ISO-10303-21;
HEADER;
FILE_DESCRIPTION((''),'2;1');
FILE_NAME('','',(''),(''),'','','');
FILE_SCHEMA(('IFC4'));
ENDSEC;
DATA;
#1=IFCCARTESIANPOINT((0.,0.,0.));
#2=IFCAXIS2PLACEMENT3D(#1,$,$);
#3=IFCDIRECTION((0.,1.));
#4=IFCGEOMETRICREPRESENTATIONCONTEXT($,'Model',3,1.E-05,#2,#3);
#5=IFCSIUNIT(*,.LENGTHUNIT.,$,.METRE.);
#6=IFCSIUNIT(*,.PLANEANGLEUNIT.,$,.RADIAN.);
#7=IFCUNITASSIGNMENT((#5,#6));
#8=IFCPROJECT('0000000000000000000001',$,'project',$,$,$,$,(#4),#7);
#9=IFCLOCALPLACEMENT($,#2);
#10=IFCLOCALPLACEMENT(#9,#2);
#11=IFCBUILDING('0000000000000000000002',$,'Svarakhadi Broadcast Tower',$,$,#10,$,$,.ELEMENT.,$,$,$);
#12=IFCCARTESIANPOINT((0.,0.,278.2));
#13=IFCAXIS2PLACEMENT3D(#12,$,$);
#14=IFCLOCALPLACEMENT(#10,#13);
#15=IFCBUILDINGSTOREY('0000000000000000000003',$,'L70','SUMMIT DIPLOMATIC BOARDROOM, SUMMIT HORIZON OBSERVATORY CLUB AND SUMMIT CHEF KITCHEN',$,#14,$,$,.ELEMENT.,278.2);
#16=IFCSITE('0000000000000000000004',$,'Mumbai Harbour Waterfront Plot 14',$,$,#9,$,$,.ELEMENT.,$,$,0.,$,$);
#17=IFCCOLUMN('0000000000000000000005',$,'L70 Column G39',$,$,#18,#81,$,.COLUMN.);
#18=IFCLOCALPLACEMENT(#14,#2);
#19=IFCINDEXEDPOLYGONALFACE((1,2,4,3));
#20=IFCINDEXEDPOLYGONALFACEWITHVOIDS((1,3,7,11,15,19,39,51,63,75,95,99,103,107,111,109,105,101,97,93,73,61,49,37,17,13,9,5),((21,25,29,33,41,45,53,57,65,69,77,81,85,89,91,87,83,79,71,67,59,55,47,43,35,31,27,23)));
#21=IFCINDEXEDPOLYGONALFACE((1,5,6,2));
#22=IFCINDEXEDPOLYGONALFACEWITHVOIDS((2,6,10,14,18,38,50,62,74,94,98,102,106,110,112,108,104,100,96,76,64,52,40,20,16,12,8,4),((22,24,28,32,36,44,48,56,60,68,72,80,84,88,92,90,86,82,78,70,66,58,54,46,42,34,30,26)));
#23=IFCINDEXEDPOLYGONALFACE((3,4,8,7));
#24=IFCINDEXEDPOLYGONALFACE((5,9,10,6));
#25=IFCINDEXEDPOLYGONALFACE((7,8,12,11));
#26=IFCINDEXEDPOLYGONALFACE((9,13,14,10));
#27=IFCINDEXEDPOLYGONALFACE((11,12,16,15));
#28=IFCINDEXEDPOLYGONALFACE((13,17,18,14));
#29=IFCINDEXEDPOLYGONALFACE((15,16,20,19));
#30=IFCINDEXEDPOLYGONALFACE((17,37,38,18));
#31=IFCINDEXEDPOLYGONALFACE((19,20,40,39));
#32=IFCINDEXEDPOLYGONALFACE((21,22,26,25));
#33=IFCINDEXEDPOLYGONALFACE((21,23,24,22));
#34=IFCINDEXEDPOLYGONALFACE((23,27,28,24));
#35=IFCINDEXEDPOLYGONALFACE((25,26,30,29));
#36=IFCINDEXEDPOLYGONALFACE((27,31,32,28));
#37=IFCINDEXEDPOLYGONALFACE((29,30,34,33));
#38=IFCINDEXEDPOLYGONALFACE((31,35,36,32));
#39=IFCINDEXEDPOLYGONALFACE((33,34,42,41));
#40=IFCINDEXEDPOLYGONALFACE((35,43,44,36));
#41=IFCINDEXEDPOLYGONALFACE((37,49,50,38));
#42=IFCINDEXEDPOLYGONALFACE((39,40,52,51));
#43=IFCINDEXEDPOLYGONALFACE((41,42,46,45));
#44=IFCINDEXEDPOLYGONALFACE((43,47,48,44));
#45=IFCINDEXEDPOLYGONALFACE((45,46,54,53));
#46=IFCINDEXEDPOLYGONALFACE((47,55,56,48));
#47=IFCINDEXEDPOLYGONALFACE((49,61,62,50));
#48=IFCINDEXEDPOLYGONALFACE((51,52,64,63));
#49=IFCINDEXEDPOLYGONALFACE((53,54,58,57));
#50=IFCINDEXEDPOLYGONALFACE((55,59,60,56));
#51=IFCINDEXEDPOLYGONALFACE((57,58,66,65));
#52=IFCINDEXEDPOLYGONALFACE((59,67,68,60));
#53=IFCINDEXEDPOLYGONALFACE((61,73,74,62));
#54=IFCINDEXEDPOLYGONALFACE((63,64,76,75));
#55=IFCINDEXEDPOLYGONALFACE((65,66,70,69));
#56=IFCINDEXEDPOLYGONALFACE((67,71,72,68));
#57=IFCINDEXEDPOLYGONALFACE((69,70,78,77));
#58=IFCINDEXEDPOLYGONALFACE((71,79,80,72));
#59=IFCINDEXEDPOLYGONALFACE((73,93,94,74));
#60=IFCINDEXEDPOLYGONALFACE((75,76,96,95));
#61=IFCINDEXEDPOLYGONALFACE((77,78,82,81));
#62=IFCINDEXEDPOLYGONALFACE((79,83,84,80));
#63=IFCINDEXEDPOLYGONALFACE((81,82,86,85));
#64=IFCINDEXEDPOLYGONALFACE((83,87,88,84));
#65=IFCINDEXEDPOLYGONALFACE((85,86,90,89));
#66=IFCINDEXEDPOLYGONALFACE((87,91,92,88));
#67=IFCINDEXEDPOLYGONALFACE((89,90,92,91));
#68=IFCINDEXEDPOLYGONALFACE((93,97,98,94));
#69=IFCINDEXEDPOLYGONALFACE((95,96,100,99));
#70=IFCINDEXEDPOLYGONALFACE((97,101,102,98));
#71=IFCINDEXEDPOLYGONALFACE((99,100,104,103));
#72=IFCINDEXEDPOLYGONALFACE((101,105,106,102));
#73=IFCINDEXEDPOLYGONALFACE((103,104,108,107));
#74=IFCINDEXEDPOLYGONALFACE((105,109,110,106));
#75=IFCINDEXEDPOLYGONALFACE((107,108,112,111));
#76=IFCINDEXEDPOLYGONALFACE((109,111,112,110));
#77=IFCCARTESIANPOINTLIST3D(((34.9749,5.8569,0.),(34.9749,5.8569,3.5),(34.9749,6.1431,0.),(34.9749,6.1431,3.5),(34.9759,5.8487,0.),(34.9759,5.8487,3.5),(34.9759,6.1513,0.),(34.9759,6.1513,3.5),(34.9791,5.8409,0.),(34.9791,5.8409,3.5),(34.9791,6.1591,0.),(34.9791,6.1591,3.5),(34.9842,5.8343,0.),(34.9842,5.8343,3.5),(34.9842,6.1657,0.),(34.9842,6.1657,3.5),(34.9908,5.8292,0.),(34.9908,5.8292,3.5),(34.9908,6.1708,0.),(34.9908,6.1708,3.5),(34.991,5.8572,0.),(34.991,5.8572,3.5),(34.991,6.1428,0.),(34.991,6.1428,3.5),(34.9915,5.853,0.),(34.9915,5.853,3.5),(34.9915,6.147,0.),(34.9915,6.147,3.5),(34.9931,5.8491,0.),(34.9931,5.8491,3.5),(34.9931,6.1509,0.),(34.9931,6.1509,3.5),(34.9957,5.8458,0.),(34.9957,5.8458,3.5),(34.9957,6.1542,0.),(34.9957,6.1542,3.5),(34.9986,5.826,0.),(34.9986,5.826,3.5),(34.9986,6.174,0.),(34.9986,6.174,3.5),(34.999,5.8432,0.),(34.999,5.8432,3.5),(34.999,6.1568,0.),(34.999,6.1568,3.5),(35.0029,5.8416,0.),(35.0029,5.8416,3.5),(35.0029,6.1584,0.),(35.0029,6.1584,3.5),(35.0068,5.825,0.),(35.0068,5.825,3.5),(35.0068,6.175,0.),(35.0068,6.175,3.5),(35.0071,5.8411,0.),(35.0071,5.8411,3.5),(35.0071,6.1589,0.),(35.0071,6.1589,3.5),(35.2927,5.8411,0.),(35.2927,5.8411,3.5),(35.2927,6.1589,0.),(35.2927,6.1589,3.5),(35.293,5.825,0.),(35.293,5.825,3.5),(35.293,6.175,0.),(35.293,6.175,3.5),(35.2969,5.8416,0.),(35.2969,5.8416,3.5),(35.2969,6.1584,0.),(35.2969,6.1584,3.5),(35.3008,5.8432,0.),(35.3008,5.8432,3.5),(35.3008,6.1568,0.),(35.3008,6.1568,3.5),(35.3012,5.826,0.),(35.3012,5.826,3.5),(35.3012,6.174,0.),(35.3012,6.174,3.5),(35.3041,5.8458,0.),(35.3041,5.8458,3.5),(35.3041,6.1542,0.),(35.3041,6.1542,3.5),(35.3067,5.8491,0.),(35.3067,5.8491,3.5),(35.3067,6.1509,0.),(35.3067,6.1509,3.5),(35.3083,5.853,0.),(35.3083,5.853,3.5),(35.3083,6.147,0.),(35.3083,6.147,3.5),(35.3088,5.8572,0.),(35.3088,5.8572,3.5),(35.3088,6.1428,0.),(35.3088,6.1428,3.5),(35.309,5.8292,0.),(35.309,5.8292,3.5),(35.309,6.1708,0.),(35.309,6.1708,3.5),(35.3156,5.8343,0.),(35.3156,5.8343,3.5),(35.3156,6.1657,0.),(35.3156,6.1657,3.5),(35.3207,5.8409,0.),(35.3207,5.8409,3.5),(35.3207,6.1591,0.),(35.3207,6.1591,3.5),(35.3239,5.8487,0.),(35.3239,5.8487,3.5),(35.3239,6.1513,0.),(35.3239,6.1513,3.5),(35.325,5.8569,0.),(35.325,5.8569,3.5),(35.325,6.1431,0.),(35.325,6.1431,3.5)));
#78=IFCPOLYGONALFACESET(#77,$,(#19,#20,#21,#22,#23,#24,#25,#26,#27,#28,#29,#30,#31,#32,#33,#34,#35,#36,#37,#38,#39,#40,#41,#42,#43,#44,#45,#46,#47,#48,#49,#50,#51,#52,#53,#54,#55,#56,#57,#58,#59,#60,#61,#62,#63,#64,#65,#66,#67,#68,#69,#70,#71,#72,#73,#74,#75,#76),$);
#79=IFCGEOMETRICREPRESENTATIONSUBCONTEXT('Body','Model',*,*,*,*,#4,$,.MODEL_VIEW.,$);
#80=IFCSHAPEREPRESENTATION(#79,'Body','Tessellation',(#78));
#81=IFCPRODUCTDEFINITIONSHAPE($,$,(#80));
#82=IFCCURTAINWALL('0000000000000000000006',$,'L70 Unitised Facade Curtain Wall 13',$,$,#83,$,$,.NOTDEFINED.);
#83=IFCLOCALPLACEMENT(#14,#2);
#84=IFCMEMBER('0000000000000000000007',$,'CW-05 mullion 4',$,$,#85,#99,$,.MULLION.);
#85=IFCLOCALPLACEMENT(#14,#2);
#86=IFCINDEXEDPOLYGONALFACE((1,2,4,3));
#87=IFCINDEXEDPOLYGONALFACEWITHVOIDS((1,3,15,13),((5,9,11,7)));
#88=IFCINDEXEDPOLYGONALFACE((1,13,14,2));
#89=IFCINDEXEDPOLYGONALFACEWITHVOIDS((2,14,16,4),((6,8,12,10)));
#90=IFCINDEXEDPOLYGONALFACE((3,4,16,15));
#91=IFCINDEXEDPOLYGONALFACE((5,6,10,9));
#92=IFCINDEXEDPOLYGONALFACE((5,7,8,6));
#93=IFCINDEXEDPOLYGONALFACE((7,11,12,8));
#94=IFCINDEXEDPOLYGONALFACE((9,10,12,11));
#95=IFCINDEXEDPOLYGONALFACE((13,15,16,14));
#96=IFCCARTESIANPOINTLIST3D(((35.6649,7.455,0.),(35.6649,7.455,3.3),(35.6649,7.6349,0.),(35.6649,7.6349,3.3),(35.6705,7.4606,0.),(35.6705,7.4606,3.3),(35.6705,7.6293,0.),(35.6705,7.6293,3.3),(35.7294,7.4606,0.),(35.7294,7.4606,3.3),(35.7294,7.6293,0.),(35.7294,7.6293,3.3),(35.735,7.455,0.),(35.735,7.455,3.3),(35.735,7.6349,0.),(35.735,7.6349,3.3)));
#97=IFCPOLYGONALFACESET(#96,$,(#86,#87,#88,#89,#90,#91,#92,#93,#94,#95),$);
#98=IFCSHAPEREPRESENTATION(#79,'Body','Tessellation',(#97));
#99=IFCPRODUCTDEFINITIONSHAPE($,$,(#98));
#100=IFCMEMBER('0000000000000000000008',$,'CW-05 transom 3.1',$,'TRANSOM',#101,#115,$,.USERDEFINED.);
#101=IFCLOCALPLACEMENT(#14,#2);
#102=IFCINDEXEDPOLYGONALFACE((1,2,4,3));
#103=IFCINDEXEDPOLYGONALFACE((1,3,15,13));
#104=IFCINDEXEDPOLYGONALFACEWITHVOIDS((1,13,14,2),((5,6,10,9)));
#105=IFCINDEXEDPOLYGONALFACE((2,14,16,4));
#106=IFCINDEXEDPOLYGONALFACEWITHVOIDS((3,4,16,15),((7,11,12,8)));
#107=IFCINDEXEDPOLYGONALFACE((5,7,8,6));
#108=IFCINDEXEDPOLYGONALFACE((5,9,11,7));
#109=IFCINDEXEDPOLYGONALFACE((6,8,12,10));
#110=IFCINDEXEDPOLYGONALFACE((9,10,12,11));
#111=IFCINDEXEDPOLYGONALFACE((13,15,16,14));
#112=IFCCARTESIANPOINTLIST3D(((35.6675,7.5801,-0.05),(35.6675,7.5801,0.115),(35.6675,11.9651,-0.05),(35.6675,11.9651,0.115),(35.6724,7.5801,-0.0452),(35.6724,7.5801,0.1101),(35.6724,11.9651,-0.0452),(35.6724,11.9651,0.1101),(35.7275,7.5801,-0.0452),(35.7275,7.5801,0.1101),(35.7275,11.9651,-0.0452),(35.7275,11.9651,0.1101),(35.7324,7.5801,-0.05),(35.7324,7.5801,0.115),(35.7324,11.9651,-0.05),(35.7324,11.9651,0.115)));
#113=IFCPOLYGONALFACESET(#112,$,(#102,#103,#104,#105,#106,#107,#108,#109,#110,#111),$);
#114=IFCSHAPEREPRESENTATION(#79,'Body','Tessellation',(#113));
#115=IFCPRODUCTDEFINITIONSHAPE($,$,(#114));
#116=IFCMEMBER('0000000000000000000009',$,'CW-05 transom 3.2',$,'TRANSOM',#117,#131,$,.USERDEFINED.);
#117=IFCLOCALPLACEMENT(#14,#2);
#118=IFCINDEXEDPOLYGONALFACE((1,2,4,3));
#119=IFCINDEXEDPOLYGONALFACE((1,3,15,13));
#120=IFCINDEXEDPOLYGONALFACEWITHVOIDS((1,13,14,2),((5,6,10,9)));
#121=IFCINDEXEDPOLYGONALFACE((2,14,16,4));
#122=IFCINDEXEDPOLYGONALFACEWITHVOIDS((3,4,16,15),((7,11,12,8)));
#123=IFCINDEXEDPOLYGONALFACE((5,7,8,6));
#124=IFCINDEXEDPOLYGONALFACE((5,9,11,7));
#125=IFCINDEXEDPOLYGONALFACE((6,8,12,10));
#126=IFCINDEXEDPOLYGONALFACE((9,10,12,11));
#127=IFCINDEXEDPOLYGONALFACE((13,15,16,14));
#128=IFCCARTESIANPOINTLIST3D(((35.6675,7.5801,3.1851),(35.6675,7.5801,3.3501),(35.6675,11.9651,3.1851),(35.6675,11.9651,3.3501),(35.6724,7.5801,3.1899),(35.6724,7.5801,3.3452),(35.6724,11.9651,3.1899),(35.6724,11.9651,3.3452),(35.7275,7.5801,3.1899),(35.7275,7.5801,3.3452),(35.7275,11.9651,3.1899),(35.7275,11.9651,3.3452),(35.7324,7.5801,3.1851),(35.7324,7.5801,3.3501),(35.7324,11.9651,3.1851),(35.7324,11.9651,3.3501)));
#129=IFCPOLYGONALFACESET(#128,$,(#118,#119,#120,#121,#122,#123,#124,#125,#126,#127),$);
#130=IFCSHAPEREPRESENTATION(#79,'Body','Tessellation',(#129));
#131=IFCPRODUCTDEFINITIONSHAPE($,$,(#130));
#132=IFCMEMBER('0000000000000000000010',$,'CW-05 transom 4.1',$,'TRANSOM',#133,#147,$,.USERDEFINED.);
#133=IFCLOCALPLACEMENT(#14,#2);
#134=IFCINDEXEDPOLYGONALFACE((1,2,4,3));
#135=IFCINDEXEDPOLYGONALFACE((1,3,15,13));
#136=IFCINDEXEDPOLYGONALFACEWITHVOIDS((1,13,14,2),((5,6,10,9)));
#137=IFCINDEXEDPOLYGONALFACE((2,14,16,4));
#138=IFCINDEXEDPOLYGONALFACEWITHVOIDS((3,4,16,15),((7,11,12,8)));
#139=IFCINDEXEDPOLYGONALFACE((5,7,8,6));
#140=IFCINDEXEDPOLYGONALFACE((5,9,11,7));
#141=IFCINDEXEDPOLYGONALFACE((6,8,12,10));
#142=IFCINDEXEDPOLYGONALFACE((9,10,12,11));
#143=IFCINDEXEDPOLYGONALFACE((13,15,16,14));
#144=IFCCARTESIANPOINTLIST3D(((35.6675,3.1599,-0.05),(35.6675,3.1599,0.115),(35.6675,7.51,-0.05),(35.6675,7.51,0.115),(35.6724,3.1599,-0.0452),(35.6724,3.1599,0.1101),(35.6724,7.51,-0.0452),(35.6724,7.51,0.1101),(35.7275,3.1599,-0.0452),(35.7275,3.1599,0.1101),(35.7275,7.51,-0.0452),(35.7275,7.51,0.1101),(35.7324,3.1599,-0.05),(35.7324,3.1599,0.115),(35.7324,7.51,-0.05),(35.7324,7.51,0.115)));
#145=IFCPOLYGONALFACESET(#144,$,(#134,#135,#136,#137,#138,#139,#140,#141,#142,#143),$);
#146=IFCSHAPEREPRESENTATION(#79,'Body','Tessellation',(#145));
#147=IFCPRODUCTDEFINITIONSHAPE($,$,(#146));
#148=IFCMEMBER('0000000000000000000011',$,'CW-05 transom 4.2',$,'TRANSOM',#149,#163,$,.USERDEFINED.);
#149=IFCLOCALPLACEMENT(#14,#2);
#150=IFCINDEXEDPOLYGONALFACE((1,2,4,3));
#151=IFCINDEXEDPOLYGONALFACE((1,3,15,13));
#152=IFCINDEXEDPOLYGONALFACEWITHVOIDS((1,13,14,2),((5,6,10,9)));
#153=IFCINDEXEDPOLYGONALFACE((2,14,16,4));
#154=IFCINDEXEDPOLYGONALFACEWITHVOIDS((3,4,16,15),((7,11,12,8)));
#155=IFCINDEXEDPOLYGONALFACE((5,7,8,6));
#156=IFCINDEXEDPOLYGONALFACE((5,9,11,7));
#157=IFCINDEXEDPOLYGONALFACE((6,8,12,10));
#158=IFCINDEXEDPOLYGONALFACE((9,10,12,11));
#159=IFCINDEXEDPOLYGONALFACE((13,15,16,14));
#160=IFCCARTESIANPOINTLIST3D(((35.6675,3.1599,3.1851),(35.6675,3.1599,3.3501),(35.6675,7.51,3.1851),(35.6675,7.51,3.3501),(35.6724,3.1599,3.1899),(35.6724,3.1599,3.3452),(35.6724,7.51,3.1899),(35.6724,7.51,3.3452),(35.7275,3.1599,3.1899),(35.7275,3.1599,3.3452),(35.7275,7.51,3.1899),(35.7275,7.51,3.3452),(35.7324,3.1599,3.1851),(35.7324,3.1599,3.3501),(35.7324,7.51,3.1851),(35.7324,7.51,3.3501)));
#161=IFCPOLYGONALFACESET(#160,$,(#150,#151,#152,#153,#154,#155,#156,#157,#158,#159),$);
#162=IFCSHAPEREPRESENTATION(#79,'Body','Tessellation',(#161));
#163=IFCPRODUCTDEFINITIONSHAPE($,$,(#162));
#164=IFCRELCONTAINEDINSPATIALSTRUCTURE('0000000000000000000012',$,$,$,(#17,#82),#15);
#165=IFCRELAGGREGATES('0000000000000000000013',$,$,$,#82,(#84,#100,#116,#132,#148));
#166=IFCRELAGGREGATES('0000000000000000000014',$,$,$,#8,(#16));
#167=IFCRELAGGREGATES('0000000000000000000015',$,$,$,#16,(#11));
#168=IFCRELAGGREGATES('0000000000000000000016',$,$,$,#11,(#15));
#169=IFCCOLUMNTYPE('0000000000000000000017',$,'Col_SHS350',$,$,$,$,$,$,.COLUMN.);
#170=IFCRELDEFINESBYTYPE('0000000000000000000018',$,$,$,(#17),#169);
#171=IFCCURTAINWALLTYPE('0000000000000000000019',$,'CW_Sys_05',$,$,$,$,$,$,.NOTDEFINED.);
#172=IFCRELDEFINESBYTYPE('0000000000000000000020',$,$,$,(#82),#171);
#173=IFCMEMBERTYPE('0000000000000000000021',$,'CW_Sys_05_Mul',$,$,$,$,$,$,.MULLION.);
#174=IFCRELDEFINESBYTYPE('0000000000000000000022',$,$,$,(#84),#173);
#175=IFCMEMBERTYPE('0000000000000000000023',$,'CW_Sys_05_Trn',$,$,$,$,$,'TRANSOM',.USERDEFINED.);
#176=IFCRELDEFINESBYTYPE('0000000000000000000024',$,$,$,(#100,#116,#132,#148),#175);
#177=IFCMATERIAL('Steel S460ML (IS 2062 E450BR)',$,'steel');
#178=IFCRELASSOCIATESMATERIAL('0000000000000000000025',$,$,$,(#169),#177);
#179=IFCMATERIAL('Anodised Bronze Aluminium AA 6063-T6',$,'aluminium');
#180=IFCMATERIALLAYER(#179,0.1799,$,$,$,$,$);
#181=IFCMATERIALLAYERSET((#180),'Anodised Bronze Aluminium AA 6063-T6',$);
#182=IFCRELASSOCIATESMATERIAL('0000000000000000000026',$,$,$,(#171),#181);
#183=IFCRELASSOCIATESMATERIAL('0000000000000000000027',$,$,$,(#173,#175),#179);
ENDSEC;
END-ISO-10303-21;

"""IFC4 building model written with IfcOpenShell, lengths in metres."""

from ifc_helpers import new_model, si_unit, direction, frame, origin, origin_2d, place, context, subcontext, project, spatial, hollow_rectangle, extrude, material, layer, layer_set, material_profile, profile_set, type_object, element, aggregate, save


model = new_model("IFC4")

# Units and contexts
model_context = context("Model", 3, precision=1e-05, world=origin(), true_north=direction((0.0, 1.0)))
body_context = subcontext(model_context, "Body", "Model", "MODEL_VIEW")
ifc_project = project(units=[si_unit("LENGTHUNIT", "METRE"), si_unit("PLANEANGLEUNIT", "RADIAN")], contexts=[model_context])

# Site, building, storey
site_placement = place(None, origin())
site = spatial("IfcSite", under=ifc_project, at=site_placement, Name="Mumbai Harbour Waterfront Plot 14", CompositionType="ELEMENT", RefElevation=0.0)
building_placement = place(site_placement, origin())
building = spatial("IfcBuilding", under=site, at=building_placement, Name="Svarakhadi Broadcast Tower", CompositionType="ELEMENT")
storey_placement = place(building_placement, frame((0.0, 0.0, 278.2)))
storey = spatial("IfcBuildingStorey", under=building, at=storey_placement, Name="L70", Description="SUMMIT DIPLOMATIC BOARDROOM, SUMMIT HORIZON OBSERVATORY CLUB AND SUMMIT CHEF KITCHEN", CompositionType="ELEMENT", Elevation=278.2)

# Column
ifc_material_1 = material(Name="Steel S460ML (IS 2062 E450BR)", Category="steel")
ifc_material_profile_1 = material_profile(ifc_material_1, hollow_rectangle(XDim=0.3501, YDim=0.3501, WallThickness=0.0161, InnerFilletRadius=0.0161, OuterFilletRadius=0.032, at=origin_2d()), Name="SHS 350x350x16")
ifc_profile_set_1 = profile_set([ifc_material_profile_1], Name="Steel S460ML (IS 2062 E450BR)")
column_type = type_object("IfcColumnType", Name="Col_SHS350", PredefinedType="COLUMN", material=ifc_profile_set_1)
column_placement = place(storey_placement, frame((35.1499, 6.0, 0.0), z_axis=(0.0, 0.0, 1.0), x_axis=(1.0, 0.0, 0.0)))
element("IfcColumn", 1, at=column_placement, inside=storey, type_object=column_type, Name="L70 Column G39", PredefinedType="COLUMN", context=body_context, shape_type="SweptSolid", body=[
    extrude(hollow_rectangle(XDim=0.3501, YDim=0.3501, WallThickness=0.0161, InnerFilletRadius=0.0161, OuterFilletRadius=0.032, at=origin_2d()), origin(), (0.0, 0.0, 1.0), 3.5),
])

# Curtain wall, members
ifc_material_2 = material(Name="Anodised Bronze Aluminium AA 6063-T6", Category="aluminium")
ifc_layer_1 = layer(ifc_material_2, 0.1799)
ifc_layer_set_1 = layer_set([ifc_layer_1], Name="Anodised Bronze Aluminium AA 6063-T6")
curtain_wall_type = type_object("IfcCurtainWallType", Name="CW_Sys_05", PredefinedType="NOTDEFINED", material=ifc_layer_set_1)
curtain_wall_placement = place(storey_placement, origin())
curtain_wall = element("IfcCurtainWall", 2, at=curtain_wall_placement, inside=storey, type_object=curtain_wall_type, Name="L70 Unitised Facade Curtain Wall 13", PredefinedType="NOTDEFINED")
ifc_material_profile_2 = material_profile(ifc_material_2, hollow_rectangle(XDim=0.0701, YDim=0.1799, WallThickness=0.0056, at=origin_2d()), Name="ALU MULLION 180x70x6")
ifc_profile_set_2 = profile_set([ifc_material_profile_2], Name="Anodised Bronze Aluminium AA 6063-T6")
member_type_1 = type_object("IfcMemberType", Name="CW_Sys_05_Mul", PredefinedType="MULLION", material=ifc_profile_set_2)
member_1_placement = place(storey_placement, frame((35.7, 7.5449, 0.0), z_axis=(0.0, 0.0, 1.0), x_axis=(1.0, 0.0, 0.0)))
member_1 = element("IfcMember", 3, at=member_1_placement, type_object=member_type_1, Name="CW-05 mullion 4", PredefinedType="MULLION", context=body_context, shape_type="SweptSolid", body=[
    extrude(hollow_rectangle(XDim=0.0701, YDim=0.1799, WallThickness=0.0056, at=origin_2d()), origin(), (0.0, 0.0, 1.0), 3.3),
])
ifc_material_profile_3 = material_profile(ifc_material_2, hollow_rectangle(XDim=0.0649, YDim=0.165, WallThickness=0.0049, at=origin_2d()), Name="ALU TRANSOM 165x65x5")
ifc_profile_set_3 = profile_set([ifc_material_profile_3], Name="Anodised Bronze Aluminium AA 6063-T6")
member_type_2 = type_object("IfcMemberType", Name="CW_Sys_05_Trn", ElementType="TRANSOM", PredefinedType="USERDEFINED", material=ifc_profile_set_3)
member_2_placement = place(storey_placement, frame((35.7, 11.9651, 0.0325), z_axis=(0.0, -1.0, 0.0), x_axis=(1.0, 0.0, 0.0)))
member_2 = element("IfcMember", 4, at=member_2_placement, type_object=member_type_2, Name="CW-05 transom 3.1", ObjectType="TRANSOM", PredefinedType="USERDEFINED", context=body_context, shape_type="SweptSolid", body=[
    extrude(hollow_rectangle(XDim=0.0649, YDim=0.165, WallThickness=0.0049, at=origin_2d()), origin(), (0.0, 0.0, 1.0), 4.385),
])
member_3_placement = place(storey_placement, frame((35.7, 11.9651, 3.2676), z_axis=(0.0, -1.0, 0.0), x_axis=(1.0, 0.0, 0.0)))
member_3 = element("IfcMember", 5, at=member_3_placement, type_object=member_type_2, Name="CW-05 transom 3.2", ObjectType="TRANSOM", PredefinedType="USERDEFINED", context=body_context, shape_type="SweptSolid", body=[
    extrude(hollow_rectangle(XDim=0.0649, YDim=0.165, WallThickness=0.0049, at=origin_2d()), origin(), (0.0, 0.0, 1.0), 4.385),
])
member_4_placement = place(storey_placement, frame((35.7, 7.51, 0.0325), z_axis=(0.0, -1.0, 0.0), x_axis=(1.0, 0.0, 0.0)))
member_4 = element("IfcMember", 6, at=member_4_placement, type_object=member_type_2, Name="CW-05 transom 4.1", ObjectType="TRANSOM", PredefinedType="USERDEFINED", context=body_context, shape_type="SweptSolid", body=[
    extrude(hollow_rectangle(XDim=0.0649, YDim=0.165, WallThickness=0.0049, at=origin_2d()), origin(), (0.0, 0.0, 1.0), 4.3501),
])
member_5_placement = place(storey_placement, frame((35.7, 7.51, 3.2676), z_axis=(0.0, -1.0, 0.0), x_axis=(1.0, 0.0, 0.0)))
member_5 = element("IfcMember", 7, at=member_5_placement, type_object=member_type_2, Name="CW-05 transom 4.2", ObjectType="TRANSOM", PredefinedType="USERDEFINED", context=body_context, shape_type="SweptSolid", body=[
    extrude(hollow_rectangle(XDim=0.0649, YDim=0.165, WallThickness=0.0049, at=origin_2d()), origin(), (0.0, 0.0, 1.0), 4.3501),
])

aggregate(curtain_wall, [member_1, member_2, member_3, member_4, member_5])

save(model, "model.ifc")
